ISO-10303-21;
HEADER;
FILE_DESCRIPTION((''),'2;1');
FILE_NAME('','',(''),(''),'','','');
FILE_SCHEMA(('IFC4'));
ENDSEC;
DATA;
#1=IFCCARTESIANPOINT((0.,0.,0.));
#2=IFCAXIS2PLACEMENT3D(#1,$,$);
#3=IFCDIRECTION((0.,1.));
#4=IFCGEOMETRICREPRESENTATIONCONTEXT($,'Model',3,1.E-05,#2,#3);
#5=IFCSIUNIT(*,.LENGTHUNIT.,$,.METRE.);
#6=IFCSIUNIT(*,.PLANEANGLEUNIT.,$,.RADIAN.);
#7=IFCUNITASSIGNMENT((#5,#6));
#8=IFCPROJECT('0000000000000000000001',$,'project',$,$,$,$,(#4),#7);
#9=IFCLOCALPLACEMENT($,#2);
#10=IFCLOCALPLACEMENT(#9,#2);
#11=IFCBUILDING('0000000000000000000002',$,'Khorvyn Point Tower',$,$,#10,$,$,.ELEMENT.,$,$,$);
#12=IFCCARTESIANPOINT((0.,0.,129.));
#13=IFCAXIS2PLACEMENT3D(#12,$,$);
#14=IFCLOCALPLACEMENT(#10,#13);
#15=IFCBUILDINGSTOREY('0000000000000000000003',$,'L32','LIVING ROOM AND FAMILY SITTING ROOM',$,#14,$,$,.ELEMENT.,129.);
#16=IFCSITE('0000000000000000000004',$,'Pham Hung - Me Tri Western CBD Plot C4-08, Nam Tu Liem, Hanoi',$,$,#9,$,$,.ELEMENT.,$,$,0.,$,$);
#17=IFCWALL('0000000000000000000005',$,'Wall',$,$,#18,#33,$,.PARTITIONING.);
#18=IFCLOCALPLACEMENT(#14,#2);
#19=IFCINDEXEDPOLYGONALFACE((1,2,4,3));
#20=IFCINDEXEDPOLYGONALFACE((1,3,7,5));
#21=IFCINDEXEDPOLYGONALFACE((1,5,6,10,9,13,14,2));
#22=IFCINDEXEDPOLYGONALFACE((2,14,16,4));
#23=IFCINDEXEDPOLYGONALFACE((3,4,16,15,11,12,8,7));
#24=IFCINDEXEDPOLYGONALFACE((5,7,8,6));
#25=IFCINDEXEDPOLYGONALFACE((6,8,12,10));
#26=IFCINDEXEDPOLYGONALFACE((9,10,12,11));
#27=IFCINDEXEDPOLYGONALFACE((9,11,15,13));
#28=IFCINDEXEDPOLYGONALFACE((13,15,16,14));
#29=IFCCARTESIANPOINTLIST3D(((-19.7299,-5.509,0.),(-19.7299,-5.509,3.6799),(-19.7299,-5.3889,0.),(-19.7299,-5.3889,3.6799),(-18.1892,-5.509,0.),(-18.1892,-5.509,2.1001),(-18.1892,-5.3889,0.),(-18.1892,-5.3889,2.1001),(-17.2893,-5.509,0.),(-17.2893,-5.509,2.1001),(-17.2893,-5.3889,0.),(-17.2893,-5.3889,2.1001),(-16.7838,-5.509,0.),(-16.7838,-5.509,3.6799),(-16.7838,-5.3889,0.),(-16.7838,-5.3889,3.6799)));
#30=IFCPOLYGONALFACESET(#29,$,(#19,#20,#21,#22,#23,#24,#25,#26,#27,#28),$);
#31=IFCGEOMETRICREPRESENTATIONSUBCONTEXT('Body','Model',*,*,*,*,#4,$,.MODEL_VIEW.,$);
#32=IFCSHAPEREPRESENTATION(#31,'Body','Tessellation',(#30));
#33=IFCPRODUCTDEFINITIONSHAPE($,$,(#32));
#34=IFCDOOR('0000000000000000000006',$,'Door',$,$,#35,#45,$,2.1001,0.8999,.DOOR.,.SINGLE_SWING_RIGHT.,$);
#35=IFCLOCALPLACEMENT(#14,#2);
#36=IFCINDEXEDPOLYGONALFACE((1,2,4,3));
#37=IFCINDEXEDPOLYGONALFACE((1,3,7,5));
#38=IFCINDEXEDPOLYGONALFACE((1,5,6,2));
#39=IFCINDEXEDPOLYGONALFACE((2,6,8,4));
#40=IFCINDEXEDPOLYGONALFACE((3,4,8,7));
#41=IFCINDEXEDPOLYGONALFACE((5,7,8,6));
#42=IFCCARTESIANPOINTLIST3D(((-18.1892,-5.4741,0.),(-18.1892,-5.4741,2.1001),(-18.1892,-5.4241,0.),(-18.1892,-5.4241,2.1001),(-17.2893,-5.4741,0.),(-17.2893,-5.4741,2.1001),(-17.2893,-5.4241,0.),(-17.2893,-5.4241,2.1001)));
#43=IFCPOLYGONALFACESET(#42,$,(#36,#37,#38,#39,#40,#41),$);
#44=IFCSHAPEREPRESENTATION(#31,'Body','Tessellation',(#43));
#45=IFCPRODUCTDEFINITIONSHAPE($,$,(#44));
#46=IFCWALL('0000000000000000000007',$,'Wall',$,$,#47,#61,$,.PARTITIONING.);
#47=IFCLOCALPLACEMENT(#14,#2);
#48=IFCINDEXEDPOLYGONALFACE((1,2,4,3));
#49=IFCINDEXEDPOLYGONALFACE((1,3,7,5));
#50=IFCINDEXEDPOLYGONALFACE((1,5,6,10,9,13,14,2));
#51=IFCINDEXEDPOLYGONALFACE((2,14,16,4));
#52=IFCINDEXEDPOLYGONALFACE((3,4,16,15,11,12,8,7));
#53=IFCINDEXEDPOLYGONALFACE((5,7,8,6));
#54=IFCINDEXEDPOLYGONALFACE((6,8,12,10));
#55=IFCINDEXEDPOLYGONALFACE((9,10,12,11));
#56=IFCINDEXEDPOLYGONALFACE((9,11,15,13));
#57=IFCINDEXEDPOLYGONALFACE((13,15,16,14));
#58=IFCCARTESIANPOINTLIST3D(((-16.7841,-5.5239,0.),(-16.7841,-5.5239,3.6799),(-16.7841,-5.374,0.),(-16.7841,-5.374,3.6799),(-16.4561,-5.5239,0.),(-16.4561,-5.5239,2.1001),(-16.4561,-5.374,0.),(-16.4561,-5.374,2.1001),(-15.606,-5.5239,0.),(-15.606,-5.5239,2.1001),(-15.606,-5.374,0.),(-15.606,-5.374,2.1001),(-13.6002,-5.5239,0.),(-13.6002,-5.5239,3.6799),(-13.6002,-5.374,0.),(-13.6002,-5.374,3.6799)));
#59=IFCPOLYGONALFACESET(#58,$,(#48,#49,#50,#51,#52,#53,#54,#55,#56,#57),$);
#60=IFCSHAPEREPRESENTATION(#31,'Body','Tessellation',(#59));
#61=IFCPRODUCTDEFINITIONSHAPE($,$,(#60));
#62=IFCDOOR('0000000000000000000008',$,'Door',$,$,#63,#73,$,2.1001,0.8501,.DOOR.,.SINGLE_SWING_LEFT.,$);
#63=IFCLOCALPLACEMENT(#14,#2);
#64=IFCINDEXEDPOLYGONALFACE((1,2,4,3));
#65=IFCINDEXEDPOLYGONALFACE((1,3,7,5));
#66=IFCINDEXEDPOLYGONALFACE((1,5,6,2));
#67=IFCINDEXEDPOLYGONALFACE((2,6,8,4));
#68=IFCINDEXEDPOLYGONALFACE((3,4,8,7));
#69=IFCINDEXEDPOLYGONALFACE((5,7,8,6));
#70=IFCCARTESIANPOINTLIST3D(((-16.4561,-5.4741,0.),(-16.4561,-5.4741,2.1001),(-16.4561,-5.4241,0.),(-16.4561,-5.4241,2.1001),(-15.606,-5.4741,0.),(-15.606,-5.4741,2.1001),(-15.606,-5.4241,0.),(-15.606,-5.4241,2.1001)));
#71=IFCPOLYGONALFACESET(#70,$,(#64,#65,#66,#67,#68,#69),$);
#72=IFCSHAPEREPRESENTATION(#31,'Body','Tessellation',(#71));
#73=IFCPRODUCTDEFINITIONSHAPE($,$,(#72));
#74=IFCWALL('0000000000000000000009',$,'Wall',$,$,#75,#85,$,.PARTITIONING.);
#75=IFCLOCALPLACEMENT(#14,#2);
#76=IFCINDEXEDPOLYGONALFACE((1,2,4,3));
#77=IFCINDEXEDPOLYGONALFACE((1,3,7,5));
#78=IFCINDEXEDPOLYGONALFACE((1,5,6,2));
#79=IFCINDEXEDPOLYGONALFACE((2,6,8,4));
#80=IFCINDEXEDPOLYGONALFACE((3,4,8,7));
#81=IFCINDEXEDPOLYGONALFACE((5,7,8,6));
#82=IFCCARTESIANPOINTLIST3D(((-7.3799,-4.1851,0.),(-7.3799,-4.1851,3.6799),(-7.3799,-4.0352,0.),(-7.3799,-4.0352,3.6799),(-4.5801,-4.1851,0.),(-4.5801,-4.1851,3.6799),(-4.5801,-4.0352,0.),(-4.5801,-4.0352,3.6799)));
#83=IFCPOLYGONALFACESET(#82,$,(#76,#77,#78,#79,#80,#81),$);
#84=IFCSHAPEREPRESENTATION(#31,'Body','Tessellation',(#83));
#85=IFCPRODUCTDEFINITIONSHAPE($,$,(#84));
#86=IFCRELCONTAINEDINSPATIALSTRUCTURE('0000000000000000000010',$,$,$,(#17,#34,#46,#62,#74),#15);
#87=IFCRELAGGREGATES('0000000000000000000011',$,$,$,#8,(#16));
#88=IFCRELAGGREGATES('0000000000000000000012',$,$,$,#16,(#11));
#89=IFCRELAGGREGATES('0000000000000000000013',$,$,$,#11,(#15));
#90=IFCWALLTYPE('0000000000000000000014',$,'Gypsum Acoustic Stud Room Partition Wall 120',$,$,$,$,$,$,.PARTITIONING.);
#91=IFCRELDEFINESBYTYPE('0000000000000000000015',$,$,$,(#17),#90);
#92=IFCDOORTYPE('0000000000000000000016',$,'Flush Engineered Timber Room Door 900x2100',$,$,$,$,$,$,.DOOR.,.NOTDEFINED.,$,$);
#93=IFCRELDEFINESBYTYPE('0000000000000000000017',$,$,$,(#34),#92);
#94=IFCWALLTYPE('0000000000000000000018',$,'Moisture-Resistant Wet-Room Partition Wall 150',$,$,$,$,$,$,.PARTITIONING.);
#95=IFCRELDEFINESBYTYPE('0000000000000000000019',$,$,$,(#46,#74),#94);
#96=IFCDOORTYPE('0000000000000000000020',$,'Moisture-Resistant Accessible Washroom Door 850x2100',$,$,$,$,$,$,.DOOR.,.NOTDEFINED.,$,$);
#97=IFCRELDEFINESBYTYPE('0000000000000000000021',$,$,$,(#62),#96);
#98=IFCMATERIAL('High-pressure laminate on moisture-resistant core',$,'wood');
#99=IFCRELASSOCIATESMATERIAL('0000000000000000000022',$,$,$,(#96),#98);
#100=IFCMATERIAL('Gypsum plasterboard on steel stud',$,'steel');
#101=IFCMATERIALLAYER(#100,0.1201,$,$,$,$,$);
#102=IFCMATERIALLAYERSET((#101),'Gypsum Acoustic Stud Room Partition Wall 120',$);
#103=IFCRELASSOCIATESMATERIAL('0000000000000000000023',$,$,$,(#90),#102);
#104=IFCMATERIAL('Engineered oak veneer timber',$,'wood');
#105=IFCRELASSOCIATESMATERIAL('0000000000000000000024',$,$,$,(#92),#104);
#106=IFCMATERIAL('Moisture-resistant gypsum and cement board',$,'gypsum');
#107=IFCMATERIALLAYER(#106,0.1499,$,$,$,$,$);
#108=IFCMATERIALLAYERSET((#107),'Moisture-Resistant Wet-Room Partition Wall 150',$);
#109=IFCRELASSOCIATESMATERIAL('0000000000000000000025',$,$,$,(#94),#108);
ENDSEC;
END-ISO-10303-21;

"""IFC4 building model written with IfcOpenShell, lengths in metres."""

from ifc_helpers import new_model, si_unit, direction, frame, frame_2d, origin, place, context, subcontext, project, spatial, rectangle, extrude, material, layer, layer_set, type_object, element, fill, save


model = new_model("IFC4")

# Units and contexts
model_context = context("Model", 3, precision=1e-05, world=origin(), true_north=direction((0.0, 1.0)))
body_context = subcontext(model_context, "Body", "Model", "MODEL_VIEW")
ifc_project = project(units=[si_unit("LENGTHUNIT", "METRE"), si_unit("PLANEANGLEUNIT", "RADIAN")], contexts=[model_context])

# Site, building, storey
site_placement = place(None, origin())
site = spatial("IfcSite", under=ifc_project, at=site_placement, Name="Pham Hung - Me Tri Western CBD Plot C4-08, Nam Tu Liem, Hanoi", CompositionType="ELEMENT", RefElevation=0.0)
building_placement = place(site_placement, origin())
building = spatial("IfcBuilding", under=site, at=building_placement, Name="Khorvyn Point Tower", CompositionType="ELEMENT")
storey_placement = place(building_placement, frame((0.0, 0.0, 129.0)))
storey = spatial("IfcBuildingStorey", under=building, at=storey_placement, Name="L32", Description="LIVING ROOM AND FAMILY SITTING ROOM", CompositionType="ELEMENT", Elevation=129.0)

# Shared definitions
ifc_material_1 = material(Name="High-pressure laminate on moisture-resistant core", Category="wood")
door_type_1 = type_object("IfcDoorType", Name="Moisture-Resistant Accessible Washroom Door 850x2100", OperationType="NOTDEFINED", PredefinedType="DOOR", material=ifc_material_1)

# Walls, openings, doors
ifc_material_2 = material(Name="Gypsum plasterboard on steel stud", Category="steel")
ifc_layer_1 = layer(ifc_material_2, 0.1201)
ifc_layer_set_1 = layer_set([ifc_layer_1], Name="Gypsum Acoustic Stud Room Partition Wall 120")
wall_type_1 = type_object("IfcWallType", Name="Gypsum Acoustic Stud Room Partition Wall 120", PredefinedType="PARTITIONING", material=ifc_layer_set_1)
wall_1_placement = place(storey_placement, frame((-19.73, -5.449, 0.0), z_axis=(0.0, 0.0, 1.0), x_axis=(1.0, 0.0, 0.0)))
wall_1 = element("IfcWall", 1, at=wall_1_placement, inside=storey, type_object=wall_type_1, Name="Wall", PredefinedType="PARTITIONING", context=body_context, shape_type="SweptSolid", body=[
    extrude(rectangle(XDim=2.946, YDim=0.1201, at=frame_2d((1.4731, 0.0))), origin(), (0.0, 0.0, 1.0), 3.6799),
])
opening_1_placement = place(wall_1_placement, frame((1.5408, 0.0, 0.0)))
opening_1 = element("IfcOpeningElement", 2, at=opening_1_placement, cuts=wall_1, PredefinedType="OPENING", context=body_context, shape_type="SweptSolid", body=[
    extrude(rectangle(XDim=0.8999, YDim=2.1001, at=frame_2d((0.45, 1.05))), frame((0.0, 0.0701, 0.0), z_axis=(0.0, -1.0, 0.0), x_axis=(1.0, 0.0, 0.0)), (0.0, 0.0, 1.0), 0.1401),
])
ifc_material_3 = material(Name="Engineered oak veneer timber", Category="wood")
door_type_2 = type_object("IfcDoorType", Name="Flush Engineered Timber Room Door 900x2100", OperationType="NOTDEFINED", PredefinedType="DOOR", material=ifc_material_3)
door_1_placement = place(opening_1_placement, origin())
door_1 = element("IfcDoor", 3, at=door_1_placement, inside=storey, type_object=door_type_2, Name="Door", OperationType="SINGLE_SWING_RIGHT", OverallHeight=2.1001, OverallWidth=0.8999, PredefinedType="DOOR", context=body_context, shape_type="SweptSolid", body=[
    extrude(rectangle(XDim=0.8999, YDim=2.1001, at=frame_2d((0.45, 1.05))), frame((0.0, 0.0249, 0.0), z_axis=(0.0, -1.0, 0.0), x_axis=(1.0, 0.0, 0.0)), (0.0, 0.0, 1.0), 0.05),
])
fill(opening_1, door_1)
ifc_material_4 = material(Name="Moisture-resistant gypsum and cement board", Category="gypsum")
ifc_layer_2 = layer(ifc_material_4, 0.1499)
ifc_layer_set_2 = layer_set([ifc_layer_2], Name="Moisture-Resistant Wet-Room Partition Wall 150")
wall_type_2 = type_object("IfcWallType", Name="Moisture-Resistant Wet-Room Partition Wall 150", PredefinedType="PARTITIONING", material=ifc_layer_set_2)
wall_2_placement = place(storey_placement, frame((-16.7839, -5.449, 0.0), z_axis=(0.0, 0.0, 1.0), x_axis=(1.0, 0.0, 0.0)))
wall_2 = element("IfcWall", 4, at=wall_2_placement, inside=storey, type_object=wall_type_2, Name="Wall", PredefinedType="PARTITIONING", context=body_context, shape_type="SweptSolid", body=[
    extrude(rectangle(XDim=3.1838, YDim=0.1499, at=frame_2d((1.5918, 0.0))), origin(), (0.0, 0.0, 1.0), 3.6799),
])
opening_2_placement = place(wall_2_placement, frame((0.3279, 0.0, 0.0)))
opening_2 = element("IfcOpeningElement", 5, at=opening_2_placement, cuts=wall_2, PredefinedType="OPENING", context=body_context, shape_type="SweptSolid", body=[
    extrude(rectangle(XDim=0.8501, YDim=2.1001, at=frame_2d((0.425, 1.05))), frame((0.0, 0.085, 0.0), z_axis=(0.0, -1.0, 0.0), x_axis=(1.0, 0.0, 0.0)), (0.0, 0.0, 1.0), 0.1699),
])
door_2_placement = place(opening_2_placement, origin())
door_2 = element("IfcDoor", 6, at=door_2_placement, inside=storey, type_object=door_type_1, Name="Door", OperationType="SINGLE_SWING_LEFT", OverallHeight=2.1001, OverallWidth=0.8501, PredefinedType="DOOR", context=body_context, shape_type="SweptSolid", body=[
    extrude(rectangle(XDim=0.8501, YDim=2.1001, at=frame_2d((0.425, 1.05))), frame((0.0, 0.0249, 0.0), z_axis=(0.0, -1.0, 0.0), x_axis=(1.0, 0.0, 0.0)), (0.0, 0.0, 1.0), 0.05),
])
fill(opening_2, door_2)

# Wall
wall_3_placement = place(storey_placement, frame((-7.3799, -4.1101, 0.0), z_axis=(0.0, 0.0, 1.0), x_axis=(1.0, 0.0, 0.0)))
element("IfcWall", 7, at=wall_3_placement, inside=storey, type_object=wall_type_2, Name="Wall", PredefinedType="PARTITIONING", context=body_context, shape_type="SweptSolid", body=[
    extrude(rectangle(XDim=2.7998, YDim=0.1499, at=frame_2d((1.3999, 0.0))), origin(), (0.0, 0.0, 1.0), 3.6799),
])

save(model, "model.ifc")
